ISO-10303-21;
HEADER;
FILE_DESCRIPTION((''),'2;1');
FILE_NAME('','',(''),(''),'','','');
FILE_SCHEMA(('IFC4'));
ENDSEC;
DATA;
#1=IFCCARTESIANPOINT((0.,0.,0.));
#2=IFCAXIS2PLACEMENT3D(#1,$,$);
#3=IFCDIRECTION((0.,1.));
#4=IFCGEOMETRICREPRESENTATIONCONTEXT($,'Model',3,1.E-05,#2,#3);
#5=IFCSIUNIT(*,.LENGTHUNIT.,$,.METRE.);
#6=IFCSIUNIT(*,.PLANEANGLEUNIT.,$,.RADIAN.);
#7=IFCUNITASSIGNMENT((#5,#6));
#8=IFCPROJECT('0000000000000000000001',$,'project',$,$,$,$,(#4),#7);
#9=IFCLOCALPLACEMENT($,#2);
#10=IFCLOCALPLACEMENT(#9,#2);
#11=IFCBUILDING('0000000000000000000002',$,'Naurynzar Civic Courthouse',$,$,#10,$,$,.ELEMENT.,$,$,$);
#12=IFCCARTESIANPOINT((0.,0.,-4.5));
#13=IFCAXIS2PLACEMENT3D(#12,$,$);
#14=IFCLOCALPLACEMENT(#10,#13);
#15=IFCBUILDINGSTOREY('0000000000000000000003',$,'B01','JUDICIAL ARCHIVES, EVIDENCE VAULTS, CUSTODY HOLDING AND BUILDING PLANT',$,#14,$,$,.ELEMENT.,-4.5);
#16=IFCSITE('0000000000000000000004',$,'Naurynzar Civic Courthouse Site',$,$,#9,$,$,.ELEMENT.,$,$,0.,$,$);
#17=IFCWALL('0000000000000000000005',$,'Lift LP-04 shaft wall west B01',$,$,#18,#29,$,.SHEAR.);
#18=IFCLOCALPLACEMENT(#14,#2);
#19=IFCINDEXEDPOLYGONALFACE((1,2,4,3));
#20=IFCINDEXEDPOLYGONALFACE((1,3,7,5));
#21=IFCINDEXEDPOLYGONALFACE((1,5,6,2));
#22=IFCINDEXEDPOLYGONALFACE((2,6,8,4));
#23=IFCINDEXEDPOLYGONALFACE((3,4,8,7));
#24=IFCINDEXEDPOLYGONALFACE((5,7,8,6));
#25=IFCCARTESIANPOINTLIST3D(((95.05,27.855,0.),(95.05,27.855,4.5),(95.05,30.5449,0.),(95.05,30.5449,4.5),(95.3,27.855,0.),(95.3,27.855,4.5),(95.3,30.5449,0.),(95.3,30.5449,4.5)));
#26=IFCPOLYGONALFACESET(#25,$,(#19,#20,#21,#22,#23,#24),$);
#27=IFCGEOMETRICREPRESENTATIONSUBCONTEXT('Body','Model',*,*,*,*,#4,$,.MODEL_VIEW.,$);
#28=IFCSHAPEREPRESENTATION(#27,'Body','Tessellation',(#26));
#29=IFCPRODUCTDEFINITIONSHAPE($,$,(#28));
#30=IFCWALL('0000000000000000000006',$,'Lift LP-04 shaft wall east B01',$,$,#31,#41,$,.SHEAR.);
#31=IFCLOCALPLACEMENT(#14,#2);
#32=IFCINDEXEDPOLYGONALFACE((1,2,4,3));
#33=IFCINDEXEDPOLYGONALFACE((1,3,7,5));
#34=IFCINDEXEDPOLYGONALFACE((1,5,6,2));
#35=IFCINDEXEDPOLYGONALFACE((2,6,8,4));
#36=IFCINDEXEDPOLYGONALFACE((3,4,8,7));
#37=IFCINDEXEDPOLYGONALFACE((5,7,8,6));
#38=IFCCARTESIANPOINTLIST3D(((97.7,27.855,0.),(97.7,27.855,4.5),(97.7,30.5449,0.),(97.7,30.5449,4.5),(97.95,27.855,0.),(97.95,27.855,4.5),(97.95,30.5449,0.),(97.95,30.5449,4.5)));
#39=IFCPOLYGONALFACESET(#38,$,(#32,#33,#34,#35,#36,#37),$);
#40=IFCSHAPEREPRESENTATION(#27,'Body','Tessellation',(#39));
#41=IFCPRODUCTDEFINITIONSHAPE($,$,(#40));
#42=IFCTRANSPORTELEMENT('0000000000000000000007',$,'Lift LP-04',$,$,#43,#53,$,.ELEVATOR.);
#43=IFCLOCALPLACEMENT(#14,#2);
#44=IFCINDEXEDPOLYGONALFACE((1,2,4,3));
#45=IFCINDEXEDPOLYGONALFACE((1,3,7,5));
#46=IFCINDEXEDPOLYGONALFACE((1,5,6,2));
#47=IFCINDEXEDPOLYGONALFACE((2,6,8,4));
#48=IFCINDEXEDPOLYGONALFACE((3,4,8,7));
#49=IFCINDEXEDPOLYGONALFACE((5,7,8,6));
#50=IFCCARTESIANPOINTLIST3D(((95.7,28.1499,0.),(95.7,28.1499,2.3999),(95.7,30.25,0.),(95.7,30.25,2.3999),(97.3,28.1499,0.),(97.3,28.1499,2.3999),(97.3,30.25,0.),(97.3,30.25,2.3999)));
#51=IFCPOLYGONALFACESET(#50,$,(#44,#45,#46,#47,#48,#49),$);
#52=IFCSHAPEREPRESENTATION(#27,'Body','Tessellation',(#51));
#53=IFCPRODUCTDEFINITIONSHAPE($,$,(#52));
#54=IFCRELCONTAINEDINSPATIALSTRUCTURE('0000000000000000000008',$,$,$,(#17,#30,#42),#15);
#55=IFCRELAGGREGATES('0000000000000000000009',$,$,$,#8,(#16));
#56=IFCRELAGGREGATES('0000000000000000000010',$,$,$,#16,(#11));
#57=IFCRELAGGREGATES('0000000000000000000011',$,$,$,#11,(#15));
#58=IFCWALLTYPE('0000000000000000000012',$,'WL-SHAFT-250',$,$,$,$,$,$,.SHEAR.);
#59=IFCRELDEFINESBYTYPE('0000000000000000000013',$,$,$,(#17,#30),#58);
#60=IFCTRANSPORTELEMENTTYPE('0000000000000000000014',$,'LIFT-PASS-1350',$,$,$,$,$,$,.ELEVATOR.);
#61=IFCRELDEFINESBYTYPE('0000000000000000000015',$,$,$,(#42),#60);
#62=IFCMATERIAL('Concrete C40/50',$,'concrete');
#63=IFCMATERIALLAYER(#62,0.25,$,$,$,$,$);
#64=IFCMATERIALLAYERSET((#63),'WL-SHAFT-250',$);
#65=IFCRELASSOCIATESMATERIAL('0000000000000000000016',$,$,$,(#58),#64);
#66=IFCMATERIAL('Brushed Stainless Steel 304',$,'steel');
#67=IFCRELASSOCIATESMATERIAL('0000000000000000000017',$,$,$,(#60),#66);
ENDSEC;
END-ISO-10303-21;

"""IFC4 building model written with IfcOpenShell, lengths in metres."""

from ifc_helpers import new_model, si_unit, direction, frame, frame_2d, origin, origin_2d, place, context, subcontext, project, spatial, rectangle, extrude, material, layer, layer_set, type_object, element, save


model = new_model("IFC4")

# Units and contexts
model_context = context("Model", 3, precision=1e-05, world=origin(), true_north=direction((0.0, 1.0)))
body_context = subcontext(model_context, "Body", "Model", "MODEL_VIEW")
ifc_project = project(units=[si_unit("LENGTHUNIT", "METRE"), si_unit("PLANEANGLEUNIT", "RADIAN")], contexts=[model_context])

# Site, building, storey
site_placement = place(None, origin())
site = spatial("IfcSite", under=ifc_project, at=site_placement, Name="Naurynzar Civic Courthouse Site", CompositionType="ELEMENT", RefElevation=0.0)
building_placement = place(site_placement, origin())
building = spatial("IfcBuilding", under=site, at=building_placement, Name="Naurynzar Civic Courthouse", CompositionType="ELEMENT")
storey_placement = place(building_placement, frame((0.0, 0.0, -4.5)))
storey = spatial("IfcBuildingStorey", under=building, at=storey_placement, Name="B01", Description="JUDICIAL ARCHIVES, EVIDENCE VAULTS, CUSTODY HOLDING AND BUILDING PLANT", CompositionType="ELEMENT", Elevation=-4.5)

# Shared definitions
ifc_material_1 = material(Name="Concrete C40/50", Category="concrete")
ifc_layer_1 = layer(ifc_material_1, 0.25)
ifc_layer_set_1 = layer_set([ifc_layer_1], Name="WL-SHAFT-250")
wall_type_1 = type_object("IfcWallType", Name="WL-SHAFT-250", PredefinedType="SHEAR", material=ifc_layer_set_1)

# Walls
for number, where, z_axis, x_axis, name in (
    (1, (95.175, 30.5449, 0.0), (0.0, 0.0, 1.0), (0.0, -1.0, 0.0), "Lift LP-04 shaft wall west B01"),
    (2, (97.825, 27.855, 0.0), (0.0, 0.0, 1.0), (0.0, 1.0, 0.0), "Lift LP-04 shaft wall east B01"),
):
    element("IfcWall", number, at=place(storey_placement, frame(where, z_axis=z_axis, x_axis=x_axis)), inside=storey, type_object=wall_type_1, Name=name, PredefinedType="SHEAR", context=body_context, shape_type="SweptSolid", body=[
        extrude(rectangle(XDim=2.6899, YDim=0.25, at=frame_2d((1.345, 0.0))), origin(), (0.0, 0.0, 1.0), 4.5),
    ])

# Transport element
ifc_material_2 = material(Name="Brushed Stainless Steel 304", Category="steel")
transport_element_type = type_object("IfcTransportElementType", Name="LIFT-PASS-1350", PredefinedType="ELEVATOR", material=ifc_material_2)
transport_element_placement = place(storey_placement, frame((96.5, 29.2, 0.0), z_axis=(0.0, 0.0, 1.0), x_axis=(1.0, 0.0, 0.0)))
element("IfcTransportElement", 3, at=transport_element_placement, inside=storey, type_object=transport_element_type, Name="Lift LP-04", PredefinedType="ELEVATOR", context=body_context, shape_type="SweptSolid", body=[
    extrude(rectangle(XDim=1.6001, YDim=2.1001, at=origin_2d()), origin(), (0.0, 0.0, 1.0), 2.3999),
])

save(model, "model.ifc")
